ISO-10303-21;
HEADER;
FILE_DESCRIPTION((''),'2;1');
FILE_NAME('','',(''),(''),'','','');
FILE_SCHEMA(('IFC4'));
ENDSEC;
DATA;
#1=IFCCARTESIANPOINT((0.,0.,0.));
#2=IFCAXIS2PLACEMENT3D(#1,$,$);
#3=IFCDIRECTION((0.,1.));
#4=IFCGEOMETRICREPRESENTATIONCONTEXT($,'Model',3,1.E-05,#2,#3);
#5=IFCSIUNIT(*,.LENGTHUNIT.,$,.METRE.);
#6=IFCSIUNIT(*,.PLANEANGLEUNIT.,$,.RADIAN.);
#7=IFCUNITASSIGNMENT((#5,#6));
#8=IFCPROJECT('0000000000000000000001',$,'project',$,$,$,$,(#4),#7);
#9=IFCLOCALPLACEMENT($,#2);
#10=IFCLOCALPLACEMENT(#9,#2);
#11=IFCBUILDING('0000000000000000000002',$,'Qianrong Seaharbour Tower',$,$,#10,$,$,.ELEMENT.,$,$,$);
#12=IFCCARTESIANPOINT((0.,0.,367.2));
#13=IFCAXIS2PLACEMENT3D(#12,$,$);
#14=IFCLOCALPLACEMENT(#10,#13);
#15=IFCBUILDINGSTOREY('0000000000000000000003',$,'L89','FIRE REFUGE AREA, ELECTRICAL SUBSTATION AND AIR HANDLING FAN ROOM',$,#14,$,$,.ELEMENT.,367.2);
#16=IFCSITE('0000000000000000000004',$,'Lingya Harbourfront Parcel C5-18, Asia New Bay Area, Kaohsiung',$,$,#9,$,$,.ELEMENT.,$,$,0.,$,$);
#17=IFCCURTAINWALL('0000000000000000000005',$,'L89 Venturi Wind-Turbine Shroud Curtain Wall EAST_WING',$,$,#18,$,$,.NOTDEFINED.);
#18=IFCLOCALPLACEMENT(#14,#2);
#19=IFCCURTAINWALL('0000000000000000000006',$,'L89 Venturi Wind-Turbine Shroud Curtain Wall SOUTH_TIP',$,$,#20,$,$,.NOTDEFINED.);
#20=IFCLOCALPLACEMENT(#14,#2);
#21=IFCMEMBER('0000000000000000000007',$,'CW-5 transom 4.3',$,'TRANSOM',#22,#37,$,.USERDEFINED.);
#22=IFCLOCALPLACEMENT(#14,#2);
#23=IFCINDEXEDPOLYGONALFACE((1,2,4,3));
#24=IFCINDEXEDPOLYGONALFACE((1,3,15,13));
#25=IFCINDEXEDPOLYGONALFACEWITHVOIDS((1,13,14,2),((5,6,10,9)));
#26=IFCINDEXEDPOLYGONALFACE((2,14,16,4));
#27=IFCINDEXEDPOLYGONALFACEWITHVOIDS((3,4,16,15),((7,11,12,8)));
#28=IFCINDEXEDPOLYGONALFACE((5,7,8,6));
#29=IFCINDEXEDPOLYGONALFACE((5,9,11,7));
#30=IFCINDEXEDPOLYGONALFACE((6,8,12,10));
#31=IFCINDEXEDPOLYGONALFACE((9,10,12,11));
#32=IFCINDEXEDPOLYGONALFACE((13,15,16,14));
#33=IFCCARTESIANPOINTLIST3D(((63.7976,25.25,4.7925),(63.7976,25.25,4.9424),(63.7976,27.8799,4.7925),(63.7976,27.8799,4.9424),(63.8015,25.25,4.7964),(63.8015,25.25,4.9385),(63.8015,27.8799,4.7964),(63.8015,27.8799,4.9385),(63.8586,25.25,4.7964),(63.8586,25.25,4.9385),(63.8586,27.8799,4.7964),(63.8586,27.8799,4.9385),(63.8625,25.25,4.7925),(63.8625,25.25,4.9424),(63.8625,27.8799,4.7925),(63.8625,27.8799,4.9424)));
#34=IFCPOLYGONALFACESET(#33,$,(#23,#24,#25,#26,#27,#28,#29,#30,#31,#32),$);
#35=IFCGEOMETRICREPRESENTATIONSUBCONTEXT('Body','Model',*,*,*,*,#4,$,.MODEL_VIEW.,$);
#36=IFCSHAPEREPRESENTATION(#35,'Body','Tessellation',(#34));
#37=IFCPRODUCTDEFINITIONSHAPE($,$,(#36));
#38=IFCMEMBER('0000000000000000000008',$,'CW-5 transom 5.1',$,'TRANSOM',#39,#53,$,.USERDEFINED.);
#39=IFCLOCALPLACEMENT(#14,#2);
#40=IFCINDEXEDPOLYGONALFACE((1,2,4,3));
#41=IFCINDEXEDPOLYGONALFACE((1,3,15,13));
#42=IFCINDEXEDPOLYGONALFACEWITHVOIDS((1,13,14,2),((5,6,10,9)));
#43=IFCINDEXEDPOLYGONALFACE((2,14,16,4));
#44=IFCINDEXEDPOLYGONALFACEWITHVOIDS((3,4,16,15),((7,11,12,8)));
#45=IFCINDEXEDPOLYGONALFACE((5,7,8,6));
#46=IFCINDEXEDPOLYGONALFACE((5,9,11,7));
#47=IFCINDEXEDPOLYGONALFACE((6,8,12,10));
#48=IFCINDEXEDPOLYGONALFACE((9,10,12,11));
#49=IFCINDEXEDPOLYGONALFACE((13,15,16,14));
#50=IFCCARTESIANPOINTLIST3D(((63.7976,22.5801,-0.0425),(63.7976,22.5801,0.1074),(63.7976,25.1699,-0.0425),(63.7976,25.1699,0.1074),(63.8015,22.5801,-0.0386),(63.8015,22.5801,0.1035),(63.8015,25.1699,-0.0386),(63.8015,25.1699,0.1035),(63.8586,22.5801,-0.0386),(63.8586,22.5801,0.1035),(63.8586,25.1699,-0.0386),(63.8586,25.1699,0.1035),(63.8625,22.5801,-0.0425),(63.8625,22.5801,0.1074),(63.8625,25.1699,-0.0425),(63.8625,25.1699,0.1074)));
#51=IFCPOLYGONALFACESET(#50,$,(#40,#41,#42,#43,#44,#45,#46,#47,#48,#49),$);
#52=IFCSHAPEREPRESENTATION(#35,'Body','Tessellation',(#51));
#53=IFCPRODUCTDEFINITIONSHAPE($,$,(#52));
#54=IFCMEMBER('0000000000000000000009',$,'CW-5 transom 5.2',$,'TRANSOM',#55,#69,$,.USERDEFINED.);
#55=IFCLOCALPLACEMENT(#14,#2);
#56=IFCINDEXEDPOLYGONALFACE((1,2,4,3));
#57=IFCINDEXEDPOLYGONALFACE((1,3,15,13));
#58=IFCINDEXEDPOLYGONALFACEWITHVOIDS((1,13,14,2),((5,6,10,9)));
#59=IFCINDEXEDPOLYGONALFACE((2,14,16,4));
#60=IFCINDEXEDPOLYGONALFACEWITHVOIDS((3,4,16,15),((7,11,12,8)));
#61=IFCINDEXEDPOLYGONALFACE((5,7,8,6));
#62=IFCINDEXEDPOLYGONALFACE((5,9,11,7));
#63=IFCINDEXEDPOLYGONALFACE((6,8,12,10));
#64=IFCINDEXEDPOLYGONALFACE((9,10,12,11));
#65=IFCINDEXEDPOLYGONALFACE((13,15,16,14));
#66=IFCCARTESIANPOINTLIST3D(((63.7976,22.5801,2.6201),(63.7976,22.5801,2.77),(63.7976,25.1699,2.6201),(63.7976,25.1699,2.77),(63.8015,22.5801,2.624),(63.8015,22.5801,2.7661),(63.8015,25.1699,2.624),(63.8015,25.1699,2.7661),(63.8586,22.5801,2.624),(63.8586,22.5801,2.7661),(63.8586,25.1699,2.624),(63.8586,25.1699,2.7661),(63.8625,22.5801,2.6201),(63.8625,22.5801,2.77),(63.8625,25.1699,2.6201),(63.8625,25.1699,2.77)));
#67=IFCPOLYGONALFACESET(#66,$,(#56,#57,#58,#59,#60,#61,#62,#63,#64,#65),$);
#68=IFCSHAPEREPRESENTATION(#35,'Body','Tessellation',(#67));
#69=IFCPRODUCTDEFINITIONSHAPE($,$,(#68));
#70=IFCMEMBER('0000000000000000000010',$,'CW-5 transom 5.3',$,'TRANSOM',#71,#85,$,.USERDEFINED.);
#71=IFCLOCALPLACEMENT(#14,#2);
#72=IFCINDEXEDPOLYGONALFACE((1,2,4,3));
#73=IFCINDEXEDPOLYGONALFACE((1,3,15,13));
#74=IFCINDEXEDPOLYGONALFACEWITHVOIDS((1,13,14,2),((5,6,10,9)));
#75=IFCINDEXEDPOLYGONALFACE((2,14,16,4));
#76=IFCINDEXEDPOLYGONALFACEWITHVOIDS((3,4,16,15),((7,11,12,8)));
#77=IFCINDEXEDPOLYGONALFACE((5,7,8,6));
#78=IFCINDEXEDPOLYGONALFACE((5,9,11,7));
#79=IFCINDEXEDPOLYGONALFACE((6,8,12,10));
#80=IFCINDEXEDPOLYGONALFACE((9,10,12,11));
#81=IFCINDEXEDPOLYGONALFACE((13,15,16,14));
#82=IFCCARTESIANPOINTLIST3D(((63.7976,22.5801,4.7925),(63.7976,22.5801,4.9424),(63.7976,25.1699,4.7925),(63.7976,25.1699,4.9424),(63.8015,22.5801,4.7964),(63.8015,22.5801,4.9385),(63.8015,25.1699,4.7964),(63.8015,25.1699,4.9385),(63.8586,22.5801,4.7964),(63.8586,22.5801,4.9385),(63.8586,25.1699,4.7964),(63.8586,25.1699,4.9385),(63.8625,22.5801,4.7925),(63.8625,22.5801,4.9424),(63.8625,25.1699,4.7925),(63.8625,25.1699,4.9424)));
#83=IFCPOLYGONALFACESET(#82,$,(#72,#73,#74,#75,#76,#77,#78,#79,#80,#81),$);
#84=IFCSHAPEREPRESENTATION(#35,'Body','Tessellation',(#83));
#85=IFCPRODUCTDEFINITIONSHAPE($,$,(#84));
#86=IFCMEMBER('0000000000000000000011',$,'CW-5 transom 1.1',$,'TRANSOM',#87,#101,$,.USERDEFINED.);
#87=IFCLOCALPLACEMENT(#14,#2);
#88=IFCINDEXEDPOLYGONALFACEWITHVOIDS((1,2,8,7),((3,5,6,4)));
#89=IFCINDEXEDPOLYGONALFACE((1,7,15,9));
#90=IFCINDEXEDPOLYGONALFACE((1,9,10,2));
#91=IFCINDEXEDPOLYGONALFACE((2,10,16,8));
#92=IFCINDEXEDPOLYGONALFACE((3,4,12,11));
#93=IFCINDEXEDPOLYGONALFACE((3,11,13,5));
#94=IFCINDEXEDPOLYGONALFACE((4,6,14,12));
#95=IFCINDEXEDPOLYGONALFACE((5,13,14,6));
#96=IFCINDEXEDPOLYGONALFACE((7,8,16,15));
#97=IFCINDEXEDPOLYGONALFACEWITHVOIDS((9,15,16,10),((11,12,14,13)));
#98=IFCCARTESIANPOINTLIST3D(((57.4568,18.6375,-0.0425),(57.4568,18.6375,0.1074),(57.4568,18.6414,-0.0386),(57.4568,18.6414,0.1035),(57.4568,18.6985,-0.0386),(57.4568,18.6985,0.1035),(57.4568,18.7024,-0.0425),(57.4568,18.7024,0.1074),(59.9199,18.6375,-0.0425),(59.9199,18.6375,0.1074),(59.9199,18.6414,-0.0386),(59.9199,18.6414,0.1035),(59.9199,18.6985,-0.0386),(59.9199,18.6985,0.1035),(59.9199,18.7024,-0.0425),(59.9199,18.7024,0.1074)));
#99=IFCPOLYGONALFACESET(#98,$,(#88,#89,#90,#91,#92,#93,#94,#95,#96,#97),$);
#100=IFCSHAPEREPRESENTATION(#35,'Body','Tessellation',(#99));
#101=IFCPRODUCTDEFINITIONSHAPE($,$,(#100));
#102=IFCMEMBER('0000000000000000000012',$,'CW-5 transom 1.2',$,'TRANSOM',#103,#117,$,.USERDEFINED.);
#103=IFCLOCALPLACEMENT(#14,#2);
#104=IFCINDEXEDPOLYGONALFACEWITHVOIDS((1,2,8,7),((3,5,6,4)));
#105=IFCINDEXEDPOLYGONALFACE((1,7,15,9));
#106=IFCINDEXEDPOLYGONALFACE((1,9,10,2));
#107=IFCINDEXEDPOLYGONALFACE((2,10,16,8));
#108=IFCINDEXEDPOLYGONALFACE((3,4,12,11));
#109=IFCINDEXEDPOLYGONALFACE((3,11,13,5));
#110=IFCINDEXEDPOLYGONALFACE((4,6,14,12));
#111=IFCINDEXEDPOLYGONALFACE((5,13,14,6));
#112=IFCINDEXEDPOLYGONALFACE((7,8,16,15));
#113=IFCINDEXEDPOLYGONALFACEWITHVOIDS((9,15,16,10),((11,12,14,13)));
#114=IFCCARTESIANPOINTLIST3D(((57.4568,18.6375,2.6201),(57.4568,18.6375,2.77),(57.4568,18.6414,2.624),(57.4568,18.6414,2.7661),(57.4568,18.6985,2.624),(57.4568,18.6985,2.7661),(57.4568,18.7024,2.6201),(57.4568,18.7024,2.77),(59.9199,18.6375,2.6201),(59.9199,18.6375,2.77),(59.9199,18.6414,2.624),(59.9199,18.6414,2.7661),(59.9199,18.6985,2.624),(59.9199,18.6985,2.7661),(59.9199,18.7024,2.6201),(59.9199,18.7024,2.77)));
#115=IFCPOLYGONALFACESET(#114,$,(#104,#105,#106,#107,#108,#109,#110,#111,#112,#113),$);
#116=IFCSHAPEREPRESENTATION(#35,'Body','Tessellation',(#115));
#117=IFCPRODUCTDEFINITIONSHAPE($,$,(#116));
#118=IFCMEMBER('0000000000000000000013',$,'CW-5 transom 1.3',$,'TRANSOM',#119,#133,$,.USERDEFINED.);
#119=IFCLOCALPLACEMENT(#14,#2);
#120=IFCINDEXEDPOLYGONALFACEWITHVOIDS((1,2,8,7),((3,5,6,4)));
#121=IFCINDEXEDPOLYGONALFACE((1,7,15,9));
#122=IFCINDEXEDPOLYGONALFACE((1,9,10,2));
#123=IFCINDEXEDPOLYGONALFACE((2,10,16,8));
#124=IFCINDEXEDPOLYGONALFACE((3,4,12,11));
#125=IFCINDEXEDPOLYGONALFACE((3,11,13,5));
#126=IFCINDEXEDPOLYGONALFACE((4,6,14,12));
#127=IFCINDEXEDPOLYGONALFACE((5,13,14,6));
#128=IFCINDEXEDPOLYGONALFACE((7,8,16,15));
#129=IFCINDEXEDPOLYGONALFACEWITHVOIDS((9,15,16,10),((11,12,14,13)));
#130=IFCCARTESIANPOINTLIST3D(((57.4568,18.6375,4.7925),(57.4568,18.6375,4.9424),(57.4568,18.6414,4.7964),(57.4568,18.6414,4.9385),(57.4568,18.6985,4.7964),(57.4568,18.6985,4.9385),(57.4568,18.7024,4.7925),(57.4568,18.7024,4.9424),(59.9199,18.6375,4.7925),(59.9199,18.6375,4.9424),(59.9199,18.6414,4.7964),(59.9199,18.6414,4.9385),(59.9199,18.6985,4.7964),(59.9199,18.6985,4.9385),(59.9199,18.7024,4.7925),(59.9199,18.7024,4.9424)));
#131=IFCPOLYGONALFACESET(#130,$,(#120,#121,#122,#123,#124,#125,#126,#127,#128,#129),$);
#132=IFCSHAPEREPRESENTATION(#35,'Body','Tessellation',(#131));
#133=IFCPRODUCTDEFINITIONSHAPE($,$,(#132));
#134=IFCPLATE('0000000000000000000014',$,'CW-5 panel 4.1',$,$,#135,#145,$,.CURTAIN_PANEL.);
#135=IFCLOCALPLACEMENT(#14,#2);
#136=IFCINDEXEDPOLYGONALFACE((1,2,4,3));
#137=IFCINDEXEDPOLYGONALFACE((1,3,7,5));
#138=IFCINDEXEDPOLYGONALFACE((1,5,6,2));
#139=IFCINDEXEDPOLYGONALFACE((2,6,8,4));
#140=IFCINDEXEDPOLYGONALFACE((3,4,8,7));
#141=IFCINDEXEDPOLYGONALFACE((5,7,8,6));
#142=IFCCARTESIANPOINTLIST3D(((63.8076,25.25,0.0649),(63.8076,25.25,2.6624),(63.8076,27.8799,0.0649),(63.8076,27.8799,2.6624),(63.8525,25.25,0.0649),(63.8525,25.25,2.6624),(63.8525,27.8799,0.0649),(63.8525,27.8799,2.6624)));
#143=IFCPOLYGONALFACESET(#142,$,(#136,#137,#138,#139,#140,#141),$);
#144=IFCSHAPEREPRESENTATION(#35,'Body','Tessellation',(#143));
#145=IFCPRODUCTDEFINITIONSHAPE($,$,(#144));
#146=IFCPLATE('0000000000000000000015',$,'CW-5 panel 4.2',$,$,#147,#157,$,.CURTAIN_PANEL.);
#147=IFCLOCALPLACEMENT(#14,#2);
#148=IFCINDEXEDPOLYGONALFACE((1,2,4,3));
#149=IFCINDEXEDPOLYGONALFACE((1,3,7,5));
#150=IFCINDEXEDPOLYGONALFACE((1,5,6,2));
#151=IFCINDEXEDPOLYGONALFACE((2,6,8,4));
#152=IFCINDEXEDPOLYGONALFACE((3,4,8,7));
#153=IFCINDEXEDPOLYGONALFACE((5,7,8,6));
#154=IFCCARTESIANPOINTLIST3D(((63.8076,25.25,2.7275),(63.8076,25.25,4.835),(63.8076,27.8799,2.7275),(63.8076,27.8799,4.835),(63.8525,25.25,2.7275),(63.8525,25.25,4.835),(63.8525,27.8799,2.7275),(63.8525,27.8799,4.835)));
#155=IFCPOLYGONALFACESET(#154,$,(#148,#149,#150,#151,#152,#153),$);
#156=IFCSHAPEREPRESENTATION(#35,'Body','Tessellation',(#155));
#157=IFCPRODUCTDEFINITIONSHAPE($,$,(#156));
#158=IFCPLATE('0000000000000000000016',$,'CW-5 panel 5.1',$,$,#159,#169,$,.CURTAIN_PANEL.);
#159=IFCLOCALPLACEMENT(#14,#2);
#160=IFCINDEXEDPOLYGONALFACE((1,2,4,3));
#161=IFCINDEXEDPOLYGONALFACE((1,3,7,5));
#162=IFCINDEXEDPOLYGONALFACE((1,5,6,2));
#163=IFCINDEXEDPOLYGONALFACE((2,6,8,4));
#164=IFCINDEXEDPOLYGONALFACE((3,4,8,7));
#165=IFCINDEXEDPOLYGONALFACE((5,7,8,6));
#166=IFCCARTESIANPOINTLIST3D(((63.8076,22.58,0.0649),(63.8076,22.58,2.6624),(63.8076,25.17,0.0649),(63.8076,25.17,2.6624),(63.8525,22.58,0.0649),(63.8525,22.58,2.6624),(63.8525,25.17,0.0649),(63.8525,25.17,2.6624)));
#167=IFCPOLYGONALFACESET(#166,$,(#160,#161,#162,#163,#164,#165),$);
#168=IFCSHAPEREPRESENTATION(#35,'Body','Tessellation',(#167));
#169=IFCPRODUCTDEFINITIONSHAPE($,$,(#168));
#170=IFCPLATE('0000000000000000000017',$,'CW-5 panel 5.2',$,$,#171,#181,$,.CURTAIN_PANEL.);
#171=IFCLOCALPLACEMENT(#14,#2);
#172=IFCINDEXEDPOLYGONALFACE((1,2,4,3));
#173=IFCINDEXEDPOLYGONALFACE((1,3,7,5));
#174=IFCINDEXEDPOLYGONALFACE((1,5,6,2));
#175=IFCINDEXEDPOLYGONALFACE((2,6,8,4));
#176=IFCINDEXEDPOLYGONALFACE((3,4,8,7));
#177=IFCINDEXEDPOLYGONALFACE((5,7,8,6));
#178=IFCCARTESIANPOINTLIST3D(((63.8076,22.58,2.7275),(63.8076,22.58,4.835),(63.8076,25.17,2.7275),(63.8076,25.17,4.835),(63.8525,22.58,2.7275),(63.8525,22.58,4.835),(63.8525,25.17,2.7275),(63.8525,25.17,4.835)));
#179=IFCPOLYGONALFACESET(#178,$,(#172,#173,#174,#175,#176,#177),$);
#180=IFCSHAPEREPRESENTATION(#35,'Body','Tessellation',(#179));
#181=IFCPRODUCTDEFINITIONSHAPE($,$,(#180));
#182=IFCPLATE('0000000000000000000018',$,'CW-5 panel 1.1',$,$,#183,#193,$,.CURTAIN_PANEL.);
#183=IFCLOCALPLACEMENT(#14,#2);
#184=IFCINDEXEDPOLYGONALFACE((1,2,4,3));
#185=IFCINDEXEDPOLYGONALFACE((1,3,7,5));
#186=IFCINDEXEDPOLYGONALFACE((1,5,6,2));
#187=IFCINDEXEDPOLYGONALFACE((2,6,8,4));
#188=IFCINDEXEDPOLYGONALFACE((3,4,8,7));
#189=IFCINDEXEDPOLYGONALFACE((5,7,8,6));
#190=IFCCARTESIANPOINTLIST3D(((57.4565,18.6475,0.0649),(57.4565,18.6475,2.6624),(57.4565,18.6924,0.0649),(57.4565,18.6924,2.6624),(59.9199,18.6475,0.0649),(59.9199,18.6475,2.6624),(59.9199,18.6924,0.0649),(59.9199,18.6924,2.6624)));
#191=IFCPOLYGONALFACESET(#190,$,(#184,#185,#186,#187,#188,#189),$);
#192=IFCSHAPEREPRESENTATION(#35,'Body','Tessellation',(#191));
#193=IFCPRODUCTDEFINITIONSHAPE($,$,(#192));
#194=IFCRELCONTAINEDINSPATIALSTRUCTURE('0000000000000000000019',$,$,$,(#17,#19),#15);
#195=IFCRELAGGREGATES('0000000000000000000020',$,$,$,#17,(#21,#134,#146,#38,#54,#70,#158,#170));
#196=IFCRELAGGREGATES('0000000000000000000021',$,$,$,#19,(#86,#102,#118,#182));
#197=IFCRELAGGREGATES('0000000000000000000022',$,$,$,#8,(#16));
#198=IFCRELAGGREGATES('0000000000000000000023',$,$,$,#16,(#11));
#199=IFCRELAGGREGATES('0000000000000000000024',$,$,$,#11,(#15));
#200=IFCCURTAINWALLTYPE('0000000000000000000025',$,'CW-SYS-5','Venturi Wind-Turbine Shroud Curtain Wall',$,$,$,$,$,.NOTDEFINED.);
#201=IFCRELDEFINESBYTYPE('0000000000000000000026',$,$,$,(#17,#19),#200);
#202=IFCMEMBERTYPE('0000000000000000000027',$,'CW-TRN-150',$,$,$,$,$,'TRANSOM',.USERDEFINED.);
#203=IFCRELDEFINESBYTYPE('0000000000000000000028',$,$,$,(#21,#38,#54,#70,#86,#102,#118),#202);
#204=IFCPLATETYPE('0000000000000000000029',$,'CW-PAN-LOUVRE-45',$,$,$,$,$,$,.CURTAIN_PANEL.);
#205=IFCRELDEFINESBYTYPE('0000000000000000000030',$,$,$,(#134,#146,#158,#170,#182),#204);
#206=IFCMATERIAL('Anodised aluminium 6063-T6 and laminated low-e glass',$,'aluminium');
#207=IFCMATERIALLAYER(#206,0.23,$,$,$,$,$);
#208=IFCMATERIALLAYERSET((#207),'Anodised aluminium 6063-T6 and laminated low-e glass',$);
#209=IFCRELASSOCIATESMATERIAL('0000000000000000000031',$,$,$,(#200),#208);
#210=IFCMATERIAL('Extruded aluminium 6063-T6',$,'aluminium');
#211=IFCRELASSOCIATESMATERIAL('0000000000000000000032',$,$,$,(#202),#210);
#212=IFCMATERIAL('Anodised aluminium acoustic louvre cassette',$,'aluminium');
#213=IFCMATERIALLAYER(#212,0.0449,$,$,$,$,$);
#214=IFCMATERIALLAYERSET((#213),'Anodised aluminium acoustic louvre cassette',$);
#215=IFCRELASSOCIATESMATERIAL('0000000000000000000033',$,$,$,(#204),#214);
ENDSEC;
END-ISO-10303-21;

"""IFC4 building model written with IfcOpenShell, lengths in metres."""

from ifc_helpers import new_model, si_unit, direction, frame, origin, origin_2d, place, context, subcontext, project, spatial, rectangle, hollow_rectangle, extrude, material, layer, layer_set, material_profile, profile_set, type_object, element, aggregate, save


model = new_model("IFC4")

# Units and contexts
model_context = context("Model", 3, precision=1e-05, world=origin(), true_north=direction((0.0, 1.0)))
body_context = subcontext(model_context, "Body", "Model", "MODEL_VIEW")
ifc_project = project(units=[si_unit("LENGTHUNIT", "METRE"), si_unit("PLANEANGLEUNIT", "RADIAN")], contexts=[model_context])

# Site, building, storey
site_placement = place(None, origin())
site = spatial("IfcSite", under=ifc_project, at=site_placement, Name="Lingya Harbourfront Parcel C5-18, Asia New Bay Area, Kaohsiung", CompositionType="ELEMENT", RefElevation=0.0)
building_placement = place(site_placement, origin())
building = spatial("IfcBuilding", under=site, at=building_placement, Name="Qianrong Seaharbour Tower", CompositionType="ELEMENT")
storey_placement = place(building_placement, frame((0.0, 0.0, 367.2)))
storey = spatial("IfcBuildingStorey", under=building, at=storey_placement, Name="L89", Description="FIRE REFUGE AREA, ELECTRICAL SUBSTATION AND AIR HANDLING FAN ROOM", CompositionType="ELEMENT", Elevation=367.2)

# Curtain walls
ifc_material_1 = material(Name="Anodised aluminium 6063-T6 and laminated low-e glass", Category="aluminium")
ifc_layer_1 = layer(ifc_material_1, 0.23)
ifc_layer_set_1 = layer_set([ifc_layer_1], Name="Anodised aluminium 6063-T6 and laminated low-e glass")
curtain_wall_type = type_object("IfcCurtainWallType", Name="CW-SYS-5", Description="Venturi Wind-Turbine Shroud Curtain Wall", PredefinedType="NOTDEFINED", material=ifc_layer_set_1)
curtain_wall_1_placement = place(storey_placement, origin())
curtain_wall_1 = element("IfcCurtainWall", 1, at=curtain_wall_1_placement, inside=storey, type_object=curtain_wall_type, Name="L89 Venturi Wind-Turbine Shroud Curtain Wall EAST_WING", PredefinedType="NOTDEFINED")
ifc_material_2 = material(Name="Extruded aluminium 6063-T6", Category="aluminium")
curtain_wall_2_placement = place(storey_placement, origin())
curtain_wall_2 = element("IfcCurtainWall", 2, at=curtain_wall_2_placement, inside=storey, type_object=curtain_wall_type, Name="L89 Venturi Wind-Turbine Shroud Curtain Wall SOUTH_TIP", PredefinedType="NOTDEFINED")

# Members
ifc_material_profile_1 = material_profile(ifc_material_2, hollow_rectangle(XDim=0.0649, YDim=0.1499, WallThickness=0.0039, at=origin_2d()), Name="ALU-TRN-150x65x4")
ifc_profile_set_1 = profile_set([ifc_material_profile_1], Name="Extruded aluminium 6063-T6")
member_type_1 = type_object("IfcMemberType", Name="CW-TRN-150", ElementType="TRANSOM", PredefinedType="USERDEFINED", material=ifc_profile_set_1)
member_1_placement = place(storey_placement, frame((63.8301, 27.8799, 4.8674), z_axis=(0.0, -1.0, 0.0), x_axis=(1.0, 0.0, 0.0)))
member_1 = element("IfcMember", 3, at=member_1_placement, type_object=member_type_1, Name="CW-5 transom 4.3", ObjectType="TRANSOM", PredefinedType="USERDEFINED", context=body_context, shape_type="SweptSolid", body=[
    extrude(hollow_rectangle(XDim=0.0649, YDim=0.1499, WallThickness=0.0039, at=origin_2d()), origin(), (0.0, 0.0, 1.0), 2.6299),
])
member_2_placement = place(storey_placement, frame((63.8301, 25.1699, 0.0325), z_axis=(0.0, -1.0, 0.0), x_axis=(1.0, 0.0, 0.0)))
member_2 = element("IfcMember", 4, at=member_2_placement, type_object=member_type_1, Name="CW-5 transom 5.1", ObjectType="TRANSOM", PredefinedType="USERDEFINED", context=body_context, shape_type="SweptSolid", body=[
    extrude(hollow_rectangle(XDim=0.0649, YDim=0.1499, WallThickness=0.0039, at=origin_2d()), origin(), (0.0, 0.0, 1.0), 2.5898),
])
member_3_placement = place(storey_placement, frame((63.8301, 25.1699, 2.6951), z_axis=(0.0, -1.0, 0.0), x_axis=(1.0, 0.0, 0.0)))
member_3 = element("IfcMember", 5, at=member_3_placement, type_object=member_type_1, Name="CW-5 transom 5.2", ObjectType="TRANSOM", PredefinedType="USERDEFINED", context=body_context, shape_type="SweptSolid", body=[
    extrude(hollow_rectangle(XDim=0.0649, YDim=0.1499, WallThickness=0.0039, at=origin_2d()), origin(), (0.0, 0.0, 1.0), 2.5898),
])
member_4_placement = place(storey_placement, frame((63.8301, 25.1699, 4.8674), z_axis=(0.0, -1.0, 0.0), x_axis=(1.0, 0.0, 0.0)))
member_4 = element("IfcMember", 6, at=member_4_placement, type_object=member_type_1, Name="CW-5 transom 5.3", ObjectType="TRANSOM", PredefinedType="USERDEFINED", context=body_context, shape_type="SweptSolid", body=[
    extrude(hollow_rectangle(XDim=0.0649, YDim=0.1499, WallThickness=0.0039, at=origin_2d()), origin(), (0.0, 0.0, 1.0), 2.5898),
])
member_5_placement = place(storey_placement, frame((59.9199, 18.6699, 0.0325), z_axis=(-1.0, 0.0, 0.0), x_axis=(0.0, -1.0, 0.0)))
member_5 = element("IfcMember", 7, at=member_5_placement, type_object=member_type_1, Name="CW-5 transom 1.1", ObjectType="TRANSOM", PredefinedType="USERDEFINED", context=body_context, shape_type="SweptSolid", body=[
    extrude(hollow_rectangle(XDim=0.0649, YDim=0.1499, WallThickness=0.0039, at=origin_2d()), origin(), (0.0, 0.0, 1.0), 2.4631),
])
member_6_placement = place(storey_placement, frame((59.9199, 18.6699, 2.6951), z_axis=(-1.0, 0.0, 0.0), x_axis=(0.0, -1.0, 0.0)))
member_6 = element("IfcMember", 8, at=member_6_placement, type_object=member_type_1, Name="CW-5 transom 1.2", ObjectType="TRANSOM", PredefinedType="USERDEFINED", context=body_context, shape_type="SweptSolid", body=[
    extrude(hollow_rectangle(XDim=0.0649, YDim=0.1499, WallThickness=0.0039, at=origin_2d()), origin(), (0.0, 0.0, 1.0), 2.4631),
])
member_7_placement = place(storey_placement, frame((59.9199, 18.6699, 4.8674), z_axis=(-1.0, 0.0, 0.0), x_axis=(0.0, -1.0, 0.0)))
member_7 = element("IfcMember", 9, at=member_7_placement, type_object=member_type_1, Name="CW-5 transom 1.3", ObjectType="TRANSOM", PredefinedType="USERDEFINED", context=body_context, shape_type="SweptSolid", body=[
    extrude(hollow_rectangle(XDim=0.0649, YDim=0.1499, WallThickness=0.0039, at=origin_2d()), origin(), (0.0, 0.0, 1.0), 2.4631),
])

# Plates
ifc_material_3 = material(Name="Anodised aluminium acoustic louvre cassette", Category="aluminium")
ifc_layer_2 = layer(ifc_material_3, 0.0449)
ifc_layer_set_2 = layer_set([ifc_layer_2], Name="Anodised aluminium acoustic louvre cassette")
plate_type = type_object("IfcPlateType", Name="CW-PAN-LOUVRE-45", PredefinedType="CURTAIN_PANEL", material=ifc_layer_set_2)
plate_1_placement = place(storey_placement, frame((63.8301, 26.5649, 0.0649), z_axis=(0.0, 0.0, 1.0), x_axis=(0.0, -1.0, 0.0)))
plate_1 = element("IfcPlate", 10, at=plate_1_placement, type_object=plate_type, Name="CW-5 panel 4.1", PredefinedType="CURTAIN_PANEL", context=body_context, shape_type="SweptSolid", body=[
    extrude(rectangle(XDim=2.6299, YDim=0.0449, at=origin_2d()), origin(), (0.0, 0.0, 1.0), 2.5974),
])
plate_2_placement = place(storey_placement, frame((63.8301, 26.5649, 2.7275), z_axis=(0.0, 0.0, 1.0), x_axis=(0.0, -1.0, 0.0)))
plate_2 = element("IfcPlate", 11, at=plate_2_placement, type_object=plate_type, Name="CW-5 panel 4.2", PredefinedType="CURTAIN_PANEL", context=body_context, shape_type="SweptSolid", body=[
    extrude(rectangle(XDim=2.6299, YDim=0.0449, at=origin_2d()), origin(), (0.0, 0.0, 1.0), 2.1074),
])
plate_3_placement = place(storey_placement, frame((63.8301, 23.875, 0.0649), z_axis=(0.0, 0.0, 1.0), x_axis=(0.0, -1.0, 0.0)))
plate_3 = element("IfcPlate", 12, at=plate_3_placement, type_object=plate_type, Name="CW-5 panel 5.1", PredefinedType="CURTAIN_PANEL", context=body_context, shape_type="SweptSolid", body=[
    extrude(rectangle(XDim=2.5901, YDim=0.0449, at=origin_2d()), origin(), (0.0, 0.0, 1.0), 2.5974),
])
plate_4_placement = place(storey_placement, frame((63.8301, 23.875, 2.7275), z_axis=(0.0, 0.0, 1.0), x_axis=(0.0, -1.0, 0.0)))
plate_4 = element("IfcPlate", 13, at=plate_4_placement, type_object=plate_type, Name="CW-5 panel 5.2", PredefinedType="CURTAIN_PANEL", context=body_context, shape_type="SweptSolid", body=[
    extrude(rectangle(XDim=2.5901, YDim=0.0449, at=origin_2d()), origin(), (0.0, 0.0, 1.0), 2.1074),
])
aggregate(curtain_wall_1, [member_1, plate_1, plate_2, member_2, member_3, member_4, plate_3, plate_4])
plate_5_placement = place(storey_placement, frame((58.6882, 18.6699, 0.0649), z_axis=(0.0, 0.0, 1.0), x_axis=(-1.0, 0.0, 0.0)))
plate_5 = element("IfcPlate", 14, at=plate_5_placement, type_object=plate_type, Name="CW-5 panel 1.1", PredefinedType="CURTAIN_PANEL", context=body_context, shape_type="SweptSolid", body=[
    extrude(rectangle(XDim=2.4634, YDim=0.0449, at=origin_2d()), origin(), (0.0, 0.0, 1.0), 2.5974),
])
aggregate(curtain_wall_2, [member_5, member_6, member_7, plate_5])

save(model, "model.ifc")
